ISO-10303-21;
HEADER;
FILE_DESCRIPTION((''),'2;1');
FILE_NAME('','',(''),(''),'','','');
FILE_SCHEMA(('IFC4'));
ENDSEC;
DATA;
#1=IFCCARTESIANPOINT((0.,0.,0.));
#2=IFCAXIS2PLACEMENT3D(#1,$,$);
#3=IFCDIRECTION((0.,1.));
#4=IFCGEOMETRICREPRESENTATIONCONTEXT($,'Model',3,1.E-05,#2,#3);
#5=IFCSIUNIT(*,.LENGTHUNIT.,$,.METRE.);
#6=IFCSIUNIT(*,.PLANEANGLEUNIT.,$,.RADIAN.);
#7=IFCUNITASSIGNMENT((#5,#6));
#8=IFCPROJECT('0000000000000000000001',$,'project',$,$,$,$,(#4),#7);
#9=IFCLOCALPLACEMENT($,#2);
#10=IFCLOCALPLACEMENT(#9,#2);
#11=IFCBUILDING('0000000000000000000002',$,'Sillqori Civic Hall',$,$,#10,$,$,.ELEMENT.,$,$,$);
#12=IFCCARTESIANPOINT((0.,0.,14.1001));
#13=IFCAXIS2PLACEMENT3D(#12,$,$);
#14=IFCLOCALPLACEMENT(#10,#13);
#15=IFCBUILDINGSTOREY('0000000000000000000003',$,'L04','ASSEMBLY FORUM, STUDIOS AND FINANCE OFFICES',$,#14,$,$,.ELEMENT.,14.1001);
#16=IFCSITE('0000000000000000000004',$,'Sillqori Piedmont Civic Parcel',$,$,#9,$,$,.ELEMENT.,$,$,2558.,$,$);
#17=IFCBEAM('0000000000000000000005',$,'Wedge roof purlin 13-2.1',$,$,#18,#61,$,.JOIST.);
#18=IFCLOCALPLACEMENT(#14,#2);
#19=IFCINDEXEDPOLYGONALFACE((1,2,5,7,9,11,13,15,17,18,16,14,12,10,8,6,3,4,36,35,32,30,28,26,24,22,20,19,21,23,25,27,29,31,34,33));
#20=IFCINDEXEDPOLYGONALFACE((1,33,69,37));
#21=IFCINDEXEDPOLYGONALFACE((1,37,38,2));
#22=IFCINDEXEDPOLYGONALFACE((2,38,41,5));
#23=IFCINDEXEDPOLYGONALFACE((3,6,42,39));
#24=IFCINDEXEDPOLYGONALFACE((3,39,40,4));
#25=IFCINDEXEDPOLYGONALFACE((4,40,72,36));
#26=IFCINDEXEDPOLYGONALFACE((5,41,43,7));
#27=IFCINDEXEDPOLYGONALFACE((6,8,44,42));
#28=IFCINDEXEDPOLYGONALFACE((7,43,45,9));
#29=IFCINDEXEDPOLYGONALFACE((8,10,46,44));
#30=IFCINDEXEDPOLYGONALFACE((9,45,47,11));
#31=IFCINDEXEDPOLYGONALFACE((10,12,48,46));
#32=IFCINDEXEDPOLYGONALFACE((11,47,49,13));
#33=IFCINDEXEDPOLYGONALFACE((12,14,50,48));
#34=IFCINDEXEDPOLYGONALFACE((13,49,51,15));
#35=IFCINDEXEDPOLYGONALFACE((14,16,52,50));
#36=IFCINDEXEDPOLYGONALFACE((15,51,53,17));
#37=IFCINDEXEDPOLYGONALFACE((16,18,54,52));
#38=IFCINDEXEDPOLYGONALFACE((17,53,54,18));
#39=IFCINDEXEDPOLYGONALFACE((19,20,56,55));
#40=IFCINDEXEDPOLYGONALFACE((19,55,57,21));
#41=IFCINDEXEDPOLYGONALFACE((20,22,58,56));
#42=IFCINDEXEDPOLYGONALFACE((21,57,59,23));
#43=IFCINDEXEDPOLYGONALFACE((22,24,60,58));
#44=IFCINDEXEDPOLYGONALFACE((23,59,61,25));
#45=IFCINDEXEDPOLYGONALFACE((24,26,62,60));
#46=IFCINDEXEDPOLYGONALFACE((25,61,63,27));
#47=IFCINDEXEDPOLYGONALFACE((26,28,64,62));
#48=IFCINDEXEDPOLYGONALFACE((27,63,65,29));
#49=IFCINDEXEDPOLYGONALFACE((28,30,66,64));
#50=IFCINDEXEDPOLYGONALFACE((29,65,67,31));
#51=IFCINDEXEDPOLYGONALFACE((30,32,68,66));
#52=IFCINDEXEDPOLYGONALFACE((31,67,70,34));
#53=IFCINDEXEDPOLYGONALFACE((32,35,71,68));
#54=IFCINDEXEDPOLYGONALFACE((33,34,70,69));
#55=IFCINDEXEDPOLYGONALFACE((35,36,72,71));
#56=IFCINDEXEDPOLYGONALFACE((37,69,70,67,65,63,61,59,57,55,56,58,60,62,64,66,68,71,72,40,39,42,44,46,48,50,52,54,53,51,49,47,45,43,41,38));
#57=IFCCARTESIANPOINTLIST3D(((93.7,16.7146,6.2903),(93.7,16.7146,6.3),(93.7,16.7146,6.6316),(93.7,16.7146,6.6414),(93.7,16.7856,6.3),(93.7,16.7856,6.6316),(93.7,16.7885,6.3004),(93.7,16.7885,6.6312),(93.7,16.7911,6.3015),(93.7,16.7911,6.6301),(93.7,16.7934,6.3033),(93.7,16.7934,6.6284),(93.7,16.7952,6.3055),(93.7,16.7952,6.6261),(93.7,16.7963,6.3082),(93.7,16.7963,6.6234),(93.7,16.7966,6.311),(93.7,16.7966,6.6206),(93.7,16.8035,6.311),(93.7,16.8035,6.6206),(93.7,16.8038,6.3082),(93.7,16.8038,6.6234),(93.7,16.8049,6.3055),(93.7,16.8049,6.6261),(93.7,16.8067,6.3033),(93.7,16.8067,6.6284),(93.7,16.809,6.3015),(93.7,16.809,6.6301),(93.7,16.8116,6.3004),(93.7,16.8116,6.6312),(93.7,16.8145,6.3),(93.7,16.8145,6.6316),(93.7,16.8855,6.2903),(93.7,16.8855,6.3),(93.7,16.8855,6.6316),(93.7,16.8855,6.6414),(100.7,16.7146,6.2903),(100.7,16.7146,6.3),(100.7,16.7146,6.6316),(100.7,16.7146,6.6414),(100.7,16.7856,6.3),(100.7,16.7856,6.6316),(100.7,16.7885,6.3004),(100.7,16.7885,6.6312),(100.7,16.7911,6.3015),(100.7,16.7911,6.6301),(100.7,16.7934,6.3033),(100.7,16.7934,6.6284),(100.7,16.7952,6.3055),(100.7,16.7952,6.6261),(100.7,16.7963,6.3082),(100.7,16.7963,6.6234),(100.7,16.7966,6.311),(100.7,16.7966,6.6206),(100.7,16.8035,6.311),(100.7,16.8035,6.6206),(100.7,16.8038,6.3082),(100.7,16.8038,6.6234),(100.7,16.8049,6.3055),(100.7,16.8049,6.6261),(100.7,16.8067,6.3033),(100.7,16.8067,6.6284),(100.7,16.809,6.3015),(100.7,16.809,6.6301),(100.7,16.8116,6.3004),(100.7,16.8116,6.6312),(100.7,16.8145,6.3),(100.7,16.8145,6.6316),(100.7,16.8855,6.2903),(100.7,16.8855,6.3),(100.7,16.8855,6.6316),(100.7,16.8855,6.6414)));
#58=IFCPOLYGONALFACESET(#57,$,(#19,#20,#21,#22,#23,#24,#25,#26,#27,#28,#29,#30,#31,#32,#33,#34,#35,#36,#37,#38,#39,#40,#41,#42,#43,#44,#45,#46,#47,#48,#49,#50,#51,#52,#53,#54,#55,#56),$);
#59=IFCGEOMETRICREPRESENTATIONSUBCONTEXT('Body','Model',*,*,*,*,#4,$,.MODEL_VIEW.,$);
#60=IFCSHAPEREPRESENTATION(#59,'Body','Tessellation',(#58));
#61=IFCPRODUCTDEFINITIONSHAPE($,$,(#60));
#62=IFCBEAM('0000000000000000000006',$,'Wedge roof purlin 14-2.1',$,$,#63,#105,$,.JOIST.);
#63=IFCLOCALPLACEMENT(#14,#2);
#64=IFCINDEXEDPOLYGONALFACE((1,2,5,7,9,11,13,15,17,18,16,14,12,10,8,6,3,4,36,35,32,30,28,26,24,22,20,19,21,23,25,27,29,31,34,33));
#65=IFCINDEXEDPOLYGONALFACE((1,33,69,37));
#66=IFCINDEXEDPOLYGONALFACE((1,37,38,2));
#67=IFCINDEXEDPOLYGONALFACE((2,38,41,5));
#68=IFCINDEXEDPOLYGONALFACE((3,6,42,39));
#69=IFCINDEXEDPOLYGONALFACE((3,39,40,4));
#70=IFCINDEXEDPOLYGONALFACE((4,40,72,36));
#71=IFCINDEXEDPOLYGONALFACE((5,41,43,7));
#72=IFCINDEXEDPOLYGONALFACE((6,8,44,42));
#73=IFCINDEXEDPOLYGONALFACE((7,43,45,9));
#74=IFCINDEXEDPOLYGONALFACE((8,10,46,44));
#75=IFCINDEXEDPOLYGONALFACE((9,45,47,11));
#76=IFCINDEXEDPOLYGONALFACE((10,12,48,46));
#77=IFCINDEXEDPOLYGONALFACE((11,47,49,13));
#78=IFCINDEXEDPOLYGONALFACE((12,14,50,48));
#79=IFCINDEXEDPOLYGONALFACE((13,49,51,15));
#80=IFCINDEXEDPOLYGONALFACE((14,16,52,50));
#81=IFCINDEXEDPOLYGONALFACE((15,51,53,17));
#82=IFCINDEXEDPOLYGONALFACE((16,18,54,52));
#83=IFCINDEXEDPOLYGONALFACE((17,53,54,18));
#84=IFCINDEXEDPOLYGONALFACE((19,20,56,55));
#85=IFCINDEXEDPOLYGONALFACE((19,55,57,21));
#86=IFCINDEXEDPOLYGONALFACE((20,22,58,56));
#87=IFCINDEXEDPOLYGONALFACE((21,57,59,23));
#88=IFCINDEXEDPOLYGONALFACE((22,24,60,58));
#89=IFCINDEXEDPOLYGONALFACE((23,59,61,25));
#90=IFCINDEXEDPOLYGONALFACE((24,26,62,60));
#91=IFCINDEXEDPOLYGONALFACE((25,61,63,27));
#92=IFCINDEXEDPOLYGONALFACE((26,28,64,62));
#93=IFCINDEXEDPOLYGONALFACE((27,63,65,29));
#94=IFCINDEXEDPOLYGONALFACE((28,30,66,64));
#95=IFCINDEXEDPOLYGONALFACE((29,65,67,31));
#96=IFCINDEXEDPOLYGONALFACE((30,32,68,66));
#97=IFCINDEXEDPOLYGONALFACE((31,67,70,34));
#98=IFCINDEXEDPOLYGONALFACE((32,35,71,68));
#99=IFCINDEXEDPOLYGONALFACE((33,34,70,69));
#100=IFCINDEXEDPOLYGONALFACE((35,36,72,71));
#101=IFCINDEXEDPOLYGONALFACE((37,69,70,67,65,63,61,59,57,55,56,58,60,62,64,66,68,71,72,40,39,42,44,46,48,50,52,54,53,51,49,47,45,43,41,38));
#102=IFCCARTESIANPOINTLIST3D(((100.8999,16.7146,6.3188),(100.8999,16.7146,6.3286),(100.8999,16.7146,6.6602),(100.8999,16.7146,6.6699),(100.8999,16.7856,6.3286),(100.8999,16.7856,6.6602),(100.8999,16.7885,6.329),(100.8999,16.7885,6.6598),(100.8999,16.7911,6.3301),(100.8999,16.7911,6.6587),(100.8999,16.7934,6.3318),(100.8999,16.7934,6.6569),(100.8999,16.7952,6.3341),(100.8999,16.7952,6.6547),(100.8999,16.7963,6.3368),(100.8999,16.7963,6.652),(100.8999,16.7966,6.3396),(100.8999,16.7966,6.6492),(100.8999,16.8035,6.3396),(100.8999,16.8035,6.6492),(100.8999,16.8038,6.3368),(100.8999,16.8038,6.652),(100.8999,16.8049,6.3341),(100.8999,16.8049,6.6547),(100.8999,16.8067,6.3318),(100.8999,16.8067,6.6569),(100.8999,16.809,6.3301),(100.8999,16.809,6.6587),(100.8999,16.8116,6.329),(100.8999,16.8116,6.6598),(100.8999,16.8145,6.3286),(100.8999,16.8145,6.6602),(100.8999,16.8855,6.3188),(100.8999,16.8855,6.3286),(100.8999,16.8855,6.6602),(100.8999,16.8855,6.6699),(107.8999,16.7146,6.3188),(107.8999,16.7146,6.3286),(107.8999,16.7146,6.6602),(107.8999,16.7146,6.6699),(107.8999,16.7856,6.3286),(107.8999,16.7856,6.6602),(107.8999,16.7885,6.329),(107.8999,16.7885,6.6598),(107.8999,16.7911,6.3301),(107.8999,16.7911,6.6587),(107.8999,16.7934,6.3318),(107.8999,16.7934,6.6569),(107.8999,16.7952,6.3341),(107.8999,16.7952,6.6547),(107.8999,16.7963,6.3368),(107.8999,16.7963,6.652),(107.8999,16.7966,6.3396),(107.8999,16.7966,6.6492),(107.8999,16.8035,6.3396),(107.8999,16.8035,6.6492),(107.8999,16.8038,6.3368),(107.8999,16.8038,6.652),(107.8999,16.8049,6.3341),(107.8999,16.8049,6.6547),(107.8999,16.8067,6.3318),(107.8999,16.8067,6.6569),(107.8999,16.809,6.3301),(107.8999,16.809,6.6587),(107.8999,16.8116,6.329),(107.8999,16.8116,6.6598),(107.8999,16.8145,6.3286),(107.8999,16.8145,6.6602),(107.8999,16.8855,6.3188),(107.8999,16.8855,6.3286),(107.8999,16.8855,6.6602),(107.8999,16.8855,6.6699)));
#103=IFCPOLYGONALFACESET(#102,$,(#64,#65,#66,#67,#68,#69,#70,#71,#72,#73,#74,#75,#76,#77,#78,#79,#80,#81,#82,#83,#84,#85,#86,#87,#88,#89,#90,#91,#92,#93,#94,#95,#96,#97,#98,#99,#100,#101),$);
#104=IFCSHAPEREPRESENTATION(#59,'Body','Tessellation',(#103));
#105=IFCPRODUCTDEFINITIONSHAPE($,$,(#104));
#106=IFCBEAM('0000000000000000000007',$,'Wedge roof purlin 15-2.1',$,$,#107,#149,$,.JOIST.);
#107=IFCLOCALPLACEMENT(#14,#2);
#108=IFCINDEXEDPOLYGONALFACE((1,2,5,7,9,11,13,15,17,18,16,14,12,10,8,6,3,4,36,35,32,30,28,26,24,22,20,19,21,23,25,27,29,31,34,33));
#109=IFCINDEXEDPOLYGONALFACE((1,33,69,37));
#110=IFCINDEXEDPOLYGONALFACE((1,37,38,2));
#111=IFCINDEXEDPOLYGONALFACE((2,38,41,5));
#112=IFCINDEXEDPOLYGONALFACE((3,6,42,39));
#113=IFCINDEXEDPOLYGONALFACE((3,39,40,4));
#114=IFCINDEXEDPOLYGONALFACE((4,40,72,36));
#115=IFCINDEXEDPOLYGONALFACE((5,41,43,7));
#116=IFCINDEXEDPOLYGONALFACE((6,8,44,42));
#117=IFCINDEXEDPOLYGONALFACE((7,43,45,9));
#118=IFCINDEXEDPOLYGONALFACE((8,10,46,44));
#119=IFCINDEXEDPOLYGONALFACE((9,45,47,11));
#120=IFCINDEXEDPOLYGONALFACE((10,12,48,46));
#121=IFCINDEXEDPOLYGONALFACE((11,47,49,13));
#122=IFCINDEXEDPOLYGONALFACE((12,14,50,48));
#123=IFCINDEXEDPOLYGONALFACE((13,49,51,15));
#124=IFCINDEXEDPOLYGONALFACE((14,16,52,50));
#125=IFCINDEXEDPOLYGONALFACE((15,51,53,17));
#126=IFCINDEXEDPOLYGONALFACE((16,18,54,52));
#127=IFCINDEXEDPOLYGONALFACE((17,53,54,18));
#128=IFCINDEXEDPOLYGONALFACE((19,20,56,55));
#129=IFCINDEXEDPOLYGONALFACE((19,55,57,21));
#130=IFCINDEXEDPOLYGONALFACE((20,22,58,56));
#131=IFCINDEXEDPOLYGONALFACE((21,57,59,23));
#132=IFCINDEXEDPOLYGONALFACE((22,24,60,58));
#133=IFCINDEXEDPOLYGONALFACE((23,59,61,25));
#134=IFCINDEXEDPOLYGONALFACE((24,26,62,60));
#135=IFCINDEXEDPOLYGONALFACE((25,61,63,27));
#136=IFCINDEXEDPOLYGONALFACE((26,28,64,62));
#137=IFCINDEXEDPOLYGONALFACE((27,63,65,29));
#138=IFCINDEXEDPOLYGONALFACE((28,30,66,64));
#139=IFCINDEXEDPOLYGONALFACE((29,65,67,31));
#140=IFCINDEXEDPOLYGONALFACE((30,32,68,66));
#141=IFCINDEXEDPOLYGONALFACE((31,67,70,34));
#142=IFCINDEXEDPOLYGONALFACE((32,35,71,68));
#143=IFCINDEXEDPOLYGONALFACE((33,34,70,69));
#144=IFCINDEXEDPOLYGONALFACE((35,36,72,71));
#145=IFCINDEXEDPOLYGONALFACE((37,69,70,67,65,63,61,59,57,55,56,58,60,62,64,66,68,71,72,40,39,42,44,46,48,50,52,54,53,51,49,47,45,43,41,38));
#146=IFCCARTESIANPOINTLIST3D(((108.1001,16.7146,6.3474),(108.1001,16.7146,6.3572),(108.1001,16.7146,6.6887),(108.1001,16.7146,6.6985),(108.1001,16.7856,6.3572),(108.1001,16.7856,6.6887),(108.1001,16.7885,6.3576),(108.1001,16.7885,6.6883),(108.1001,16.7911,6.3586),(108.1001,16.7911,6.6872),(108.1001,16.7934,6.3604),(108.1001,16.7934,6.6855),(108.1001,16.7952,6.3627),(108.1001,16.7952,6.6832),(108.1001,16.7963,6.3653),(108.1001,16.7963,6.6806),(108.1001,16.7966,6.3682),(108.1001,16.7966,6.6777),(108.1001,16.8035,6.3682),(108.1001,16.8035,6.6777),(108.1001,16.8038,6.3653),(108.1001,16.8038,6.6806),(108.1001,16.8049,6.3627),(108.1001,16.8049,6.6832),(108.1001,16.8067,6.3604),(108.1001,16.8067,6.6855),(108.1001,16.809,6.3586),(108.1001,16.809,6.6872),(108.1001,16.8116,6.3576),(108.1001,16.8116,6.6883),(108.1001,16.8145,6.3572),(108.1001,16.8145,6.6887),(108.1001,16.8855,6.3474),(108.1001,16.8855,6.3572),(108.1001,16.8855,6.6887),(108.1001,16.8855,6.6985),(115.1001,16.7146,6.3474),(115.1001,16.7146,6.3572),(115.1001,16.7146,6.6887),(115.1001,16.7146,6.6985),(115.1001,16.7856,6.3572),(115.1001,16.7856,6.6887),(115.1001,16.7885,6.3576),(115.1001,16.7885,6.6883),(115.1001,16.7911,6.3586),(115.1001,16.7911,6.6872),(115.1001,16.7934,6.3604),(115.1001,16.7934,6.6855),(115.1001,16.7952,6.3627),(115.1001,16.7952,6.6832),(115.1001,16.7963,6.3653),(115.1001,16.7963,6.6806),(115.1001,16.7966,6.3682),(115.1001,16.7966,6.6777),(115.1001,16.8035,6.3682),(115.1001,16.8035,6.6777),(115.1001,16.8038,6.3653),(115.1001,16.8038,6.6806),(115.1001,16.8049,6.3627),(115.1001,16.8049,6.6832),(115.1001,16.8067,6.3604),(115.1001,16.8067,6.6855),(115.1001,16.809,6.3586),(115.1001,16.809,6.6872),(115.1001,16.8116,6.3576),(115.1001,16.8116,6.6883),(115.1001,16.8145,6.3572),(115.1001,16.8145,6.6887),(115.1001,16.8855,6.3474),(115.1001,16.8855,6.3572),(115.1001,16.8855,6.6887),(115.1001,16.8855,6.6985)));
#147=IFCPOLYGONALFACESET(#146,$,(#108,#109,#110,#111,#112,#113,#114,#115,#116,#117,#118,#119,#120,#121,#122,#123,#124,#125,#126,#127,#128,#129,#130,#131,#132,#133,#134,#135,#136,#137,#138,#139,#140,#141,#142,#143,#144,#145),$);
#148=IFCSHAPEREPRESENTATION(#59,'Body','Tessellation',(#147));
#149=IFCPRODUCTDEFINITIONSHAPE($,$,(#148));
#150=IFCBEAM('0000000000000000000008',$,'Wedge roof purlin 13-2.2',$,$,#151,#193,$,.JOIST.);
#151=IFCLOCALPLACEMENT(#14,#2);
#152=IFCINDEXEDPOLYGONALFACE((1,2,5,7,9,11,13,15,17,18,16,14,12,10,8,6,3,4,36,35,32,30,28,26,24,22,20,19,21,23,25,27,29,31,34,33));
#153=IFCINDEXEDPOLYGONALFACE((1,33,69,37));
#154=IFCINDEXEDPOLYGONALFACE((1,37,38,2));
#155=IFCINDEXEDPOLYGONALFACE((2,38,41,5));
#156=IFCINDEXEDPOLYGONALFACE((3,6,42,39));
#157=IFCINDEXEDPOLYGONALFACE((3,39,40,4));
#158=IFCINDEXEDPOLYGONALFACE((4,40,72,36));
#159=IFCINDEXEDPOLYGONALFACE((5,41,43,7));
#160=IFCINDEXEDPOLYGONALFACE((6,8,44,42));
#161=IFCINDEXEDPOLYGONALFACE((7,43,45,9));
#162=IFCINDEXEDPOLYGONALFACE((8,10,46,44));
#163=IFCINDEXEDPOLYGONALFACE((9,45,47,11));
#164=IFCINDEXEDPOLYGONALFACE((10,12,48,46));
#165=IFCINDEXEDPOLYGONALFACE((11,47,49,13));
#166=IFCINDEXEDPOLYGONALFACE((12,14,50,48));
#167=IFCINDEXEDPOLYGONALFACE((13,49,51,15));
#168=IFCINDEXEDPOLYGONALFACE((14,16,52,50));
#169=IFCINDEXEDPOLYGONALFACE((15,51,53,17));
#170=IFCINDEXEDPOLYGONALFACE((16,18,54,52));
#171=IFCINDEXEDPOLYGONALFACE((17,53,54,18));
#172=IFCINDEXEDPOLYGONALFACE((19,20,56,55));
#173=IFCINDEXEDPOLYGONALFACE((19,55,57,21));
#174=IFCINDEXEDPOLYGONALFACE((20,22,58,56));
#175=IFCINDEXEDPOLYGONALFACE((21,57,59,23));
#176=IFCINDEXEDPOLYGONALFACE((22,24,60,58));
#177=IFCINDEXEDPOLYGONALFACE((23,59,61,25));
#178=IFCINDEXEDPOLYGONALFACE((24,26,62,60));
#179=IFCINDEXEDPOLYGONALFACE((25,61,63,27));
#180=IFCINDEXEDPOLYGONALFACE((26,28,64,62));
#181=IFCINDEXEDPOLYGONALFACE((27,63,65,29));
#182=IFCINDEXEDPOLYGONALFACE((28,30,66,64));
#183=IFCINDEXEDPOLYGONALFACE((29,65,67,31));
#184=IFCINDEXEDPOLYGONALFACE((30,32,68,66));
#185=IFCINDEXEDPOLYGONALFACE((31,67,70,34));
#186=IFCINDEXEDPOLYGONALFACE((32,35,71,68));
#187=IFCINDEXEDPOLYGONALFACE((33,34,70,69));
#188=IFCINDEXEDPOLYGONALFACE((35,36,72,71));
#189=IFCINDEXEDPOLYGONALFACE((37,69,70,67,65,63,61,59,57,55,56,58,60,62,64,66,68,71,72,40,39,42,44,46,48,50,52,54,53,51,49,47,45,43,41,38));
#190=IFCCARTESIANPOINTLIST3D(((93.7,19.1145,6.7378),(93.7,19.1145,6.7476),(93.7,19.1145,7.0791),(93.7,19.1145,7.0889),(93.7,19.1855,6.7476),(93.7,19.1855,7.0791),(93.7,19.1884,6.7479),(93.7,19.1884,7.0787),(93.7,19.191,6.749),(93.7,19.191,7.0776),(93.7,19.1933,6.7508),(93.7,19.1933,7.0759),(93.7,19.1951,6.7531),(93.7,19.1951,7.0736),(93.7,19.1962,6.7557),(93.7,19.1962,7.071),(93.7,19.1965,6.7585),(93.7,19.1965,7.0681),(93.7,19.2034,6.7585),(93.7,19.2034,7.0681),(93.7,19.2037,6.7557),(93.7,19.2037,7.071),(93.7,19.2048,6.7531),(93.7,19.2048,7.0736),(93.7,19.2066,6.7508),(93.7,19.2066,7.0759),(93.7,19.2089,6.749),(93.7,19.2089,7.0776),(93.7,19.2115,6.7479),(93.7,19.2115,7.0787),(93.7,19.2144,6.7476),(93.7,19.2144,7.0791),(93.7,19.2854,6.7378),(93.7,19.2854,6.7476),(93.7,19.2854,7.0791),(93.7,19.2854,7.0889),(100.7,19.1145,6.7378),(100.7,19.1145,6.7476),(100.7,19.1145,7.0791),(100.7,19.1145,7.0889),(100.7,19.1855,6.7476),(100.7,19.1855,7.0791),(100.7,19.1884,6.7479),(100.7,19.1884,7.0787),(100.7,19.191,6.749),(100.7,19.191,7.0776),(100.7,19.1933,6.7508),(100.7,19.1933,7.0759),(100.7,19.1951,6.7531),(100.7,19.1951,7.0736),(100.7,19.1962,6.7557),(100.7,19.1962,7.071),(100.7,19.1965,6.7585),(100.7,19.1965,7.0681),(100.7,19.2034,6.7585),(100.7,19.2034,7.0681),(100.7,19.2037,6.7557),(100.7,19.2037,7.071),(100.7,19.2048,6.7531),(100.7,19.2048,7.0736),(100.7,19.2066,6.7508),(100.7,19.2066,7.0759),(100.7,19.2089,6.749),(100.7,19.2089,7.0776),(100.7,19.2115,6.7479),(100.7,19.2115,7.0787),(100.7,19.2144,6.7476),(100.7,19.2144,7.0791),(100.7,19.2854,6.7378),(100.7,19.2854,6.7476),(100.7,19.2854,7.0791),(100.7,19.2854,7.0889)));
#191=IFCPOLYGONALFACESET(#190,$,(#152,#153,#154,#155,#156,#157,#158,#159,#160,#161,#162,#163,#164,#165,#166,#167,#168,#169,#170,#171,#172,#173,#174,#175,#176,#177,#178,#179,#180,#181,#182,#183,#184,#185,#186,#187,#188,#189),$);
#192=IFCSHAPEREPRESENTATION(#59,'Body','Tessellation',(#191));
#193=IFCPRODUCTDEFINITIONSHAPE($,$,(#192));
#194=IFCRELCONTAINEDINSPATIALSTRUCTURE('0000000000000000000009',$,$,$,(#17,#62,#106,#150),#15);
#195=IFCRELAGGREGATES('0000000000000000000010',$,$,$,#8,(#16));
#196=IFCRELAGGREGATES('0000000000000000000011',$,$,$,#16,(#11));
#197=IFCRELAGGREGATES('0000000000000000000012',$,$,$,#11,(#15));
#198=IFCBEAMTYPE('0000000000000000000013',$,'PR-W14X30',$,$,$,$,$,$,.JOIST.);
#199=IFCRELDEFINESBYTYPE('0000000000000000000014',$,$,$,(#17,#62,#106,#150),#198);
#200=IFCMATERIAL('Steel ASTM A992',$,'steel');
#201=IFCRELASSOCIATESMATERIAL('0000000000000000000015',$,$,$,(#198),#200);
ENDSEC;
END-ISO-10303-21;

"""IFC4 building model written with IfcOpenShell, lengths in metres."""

from ifc_helpers import new_model, si_unit, direction, frame, origin, origin_2d, place, context, subcontext, project, spatial, i_section, extrude, material, material_profile, profile_set, type_object, element, save


model = new_model("IFC4")

# Units and contexts
model_context = context("Model", 3, precision=1e-05, world=origin(), true_north=direction((0.0, 1.0)))
body_context = subcontext(model_context, "Body", "Model", "MODEL_VIEW")
ifc_project = project(units=[si_unit("LENGTHUNIT", "METRE"), si_unit("PLANEANGLEUNIT", "RADIAN")], contexts=[model_context])

# Site, building, storey
site_placement = place(None, origin())
site = spatial("IfcSite", under=ifc_project, at=site_placement, Name="Sillqori Piedmont Civic Parcel", CompositionType="ELEMENT", RefElevation=2558.0)
building_placement = place(site_placement, origin())
building = spatial("IfcBuilding", under=site, at=building_placement, Name="Sillqori Civic Hall", CompositionType="ELEMENT")
storey_placement = place(building_placement, frame((0.0, 0.0, 14.1001)))
storey = spatial("IfcBuildingStorey", under=building, at=storey_placement, Name="L04", Description="ASSEMBLY FORUM, STUDIOS AND FINANCE OFFICES", CompositionType="ELEMENT", Elevation=14.1001)

# Shared definitions
ifc_material_1 = material(Name="Steel ASTM A992", Category="steel")

# Beams
ifc_material_profile_1 = material_profile(ifc_material_1, i_section(OverallWidth=0.1709, OverallDepth=0.3511, WebThickness=0.0068, FlangeThickness=0.0098, FilletRadius=0.011, at=origin_2d()), Name="W14X30")
ifc_profile_set_1 = profile_set([ifc_material_profile_1], Name="Steel ASTM A992")
beam_type_1 = type_object("IfcBeamType", Name="PR-W14X30", PredefinedType="JOIST", material=ifc_profile_set_1)
for number, where, z_axis, x_axis, name in (
    (1, (93.7, 16.8, 6.4658), (1.0, 0.0, 0.0), (0.0, 1.0, 0.0), "Wedge roof purlin 13-2.1"),
    (2, (100.8999, 16.8, 6.4944), (1.0, 0.0, 0.0), (0.0, 1.0, 0.0), "Wedge roof purlin 14-2.1"),
    (3, (108.1001, 16.8, 6.5229), (1.0, 0.0, 0.0), (0.0, 1.0, 0.0), "Wedge roof purlin 15-2.1"),
    (4, (93.7, 19.2, 6.9133), (1.0, 0.0, 0.0), (0.0, 1.0, 0.0), "Wedge roof purlin 13-2.2"),
):
    element("IfcBeam", number, at=place(storey_placement, frame(where, z_axis=z_axis, x_axis=x_axis)), inside=storey, type_object=beam_type_1, Name=name, PredefinedType="JOIST", context=body_context, shape_type="SweptSolid", body=[
        extrude(i_section(OverallWidth=0.1709, OverallDepth=0.3511, WebThickness=0.0068, FlangeThickness=0.0098, FilletRadius=0.011, at=origin_2d()), origin(), (0.0, 0.0, 1.0), 7.0),
    ])

save(model, "model.ifc")
